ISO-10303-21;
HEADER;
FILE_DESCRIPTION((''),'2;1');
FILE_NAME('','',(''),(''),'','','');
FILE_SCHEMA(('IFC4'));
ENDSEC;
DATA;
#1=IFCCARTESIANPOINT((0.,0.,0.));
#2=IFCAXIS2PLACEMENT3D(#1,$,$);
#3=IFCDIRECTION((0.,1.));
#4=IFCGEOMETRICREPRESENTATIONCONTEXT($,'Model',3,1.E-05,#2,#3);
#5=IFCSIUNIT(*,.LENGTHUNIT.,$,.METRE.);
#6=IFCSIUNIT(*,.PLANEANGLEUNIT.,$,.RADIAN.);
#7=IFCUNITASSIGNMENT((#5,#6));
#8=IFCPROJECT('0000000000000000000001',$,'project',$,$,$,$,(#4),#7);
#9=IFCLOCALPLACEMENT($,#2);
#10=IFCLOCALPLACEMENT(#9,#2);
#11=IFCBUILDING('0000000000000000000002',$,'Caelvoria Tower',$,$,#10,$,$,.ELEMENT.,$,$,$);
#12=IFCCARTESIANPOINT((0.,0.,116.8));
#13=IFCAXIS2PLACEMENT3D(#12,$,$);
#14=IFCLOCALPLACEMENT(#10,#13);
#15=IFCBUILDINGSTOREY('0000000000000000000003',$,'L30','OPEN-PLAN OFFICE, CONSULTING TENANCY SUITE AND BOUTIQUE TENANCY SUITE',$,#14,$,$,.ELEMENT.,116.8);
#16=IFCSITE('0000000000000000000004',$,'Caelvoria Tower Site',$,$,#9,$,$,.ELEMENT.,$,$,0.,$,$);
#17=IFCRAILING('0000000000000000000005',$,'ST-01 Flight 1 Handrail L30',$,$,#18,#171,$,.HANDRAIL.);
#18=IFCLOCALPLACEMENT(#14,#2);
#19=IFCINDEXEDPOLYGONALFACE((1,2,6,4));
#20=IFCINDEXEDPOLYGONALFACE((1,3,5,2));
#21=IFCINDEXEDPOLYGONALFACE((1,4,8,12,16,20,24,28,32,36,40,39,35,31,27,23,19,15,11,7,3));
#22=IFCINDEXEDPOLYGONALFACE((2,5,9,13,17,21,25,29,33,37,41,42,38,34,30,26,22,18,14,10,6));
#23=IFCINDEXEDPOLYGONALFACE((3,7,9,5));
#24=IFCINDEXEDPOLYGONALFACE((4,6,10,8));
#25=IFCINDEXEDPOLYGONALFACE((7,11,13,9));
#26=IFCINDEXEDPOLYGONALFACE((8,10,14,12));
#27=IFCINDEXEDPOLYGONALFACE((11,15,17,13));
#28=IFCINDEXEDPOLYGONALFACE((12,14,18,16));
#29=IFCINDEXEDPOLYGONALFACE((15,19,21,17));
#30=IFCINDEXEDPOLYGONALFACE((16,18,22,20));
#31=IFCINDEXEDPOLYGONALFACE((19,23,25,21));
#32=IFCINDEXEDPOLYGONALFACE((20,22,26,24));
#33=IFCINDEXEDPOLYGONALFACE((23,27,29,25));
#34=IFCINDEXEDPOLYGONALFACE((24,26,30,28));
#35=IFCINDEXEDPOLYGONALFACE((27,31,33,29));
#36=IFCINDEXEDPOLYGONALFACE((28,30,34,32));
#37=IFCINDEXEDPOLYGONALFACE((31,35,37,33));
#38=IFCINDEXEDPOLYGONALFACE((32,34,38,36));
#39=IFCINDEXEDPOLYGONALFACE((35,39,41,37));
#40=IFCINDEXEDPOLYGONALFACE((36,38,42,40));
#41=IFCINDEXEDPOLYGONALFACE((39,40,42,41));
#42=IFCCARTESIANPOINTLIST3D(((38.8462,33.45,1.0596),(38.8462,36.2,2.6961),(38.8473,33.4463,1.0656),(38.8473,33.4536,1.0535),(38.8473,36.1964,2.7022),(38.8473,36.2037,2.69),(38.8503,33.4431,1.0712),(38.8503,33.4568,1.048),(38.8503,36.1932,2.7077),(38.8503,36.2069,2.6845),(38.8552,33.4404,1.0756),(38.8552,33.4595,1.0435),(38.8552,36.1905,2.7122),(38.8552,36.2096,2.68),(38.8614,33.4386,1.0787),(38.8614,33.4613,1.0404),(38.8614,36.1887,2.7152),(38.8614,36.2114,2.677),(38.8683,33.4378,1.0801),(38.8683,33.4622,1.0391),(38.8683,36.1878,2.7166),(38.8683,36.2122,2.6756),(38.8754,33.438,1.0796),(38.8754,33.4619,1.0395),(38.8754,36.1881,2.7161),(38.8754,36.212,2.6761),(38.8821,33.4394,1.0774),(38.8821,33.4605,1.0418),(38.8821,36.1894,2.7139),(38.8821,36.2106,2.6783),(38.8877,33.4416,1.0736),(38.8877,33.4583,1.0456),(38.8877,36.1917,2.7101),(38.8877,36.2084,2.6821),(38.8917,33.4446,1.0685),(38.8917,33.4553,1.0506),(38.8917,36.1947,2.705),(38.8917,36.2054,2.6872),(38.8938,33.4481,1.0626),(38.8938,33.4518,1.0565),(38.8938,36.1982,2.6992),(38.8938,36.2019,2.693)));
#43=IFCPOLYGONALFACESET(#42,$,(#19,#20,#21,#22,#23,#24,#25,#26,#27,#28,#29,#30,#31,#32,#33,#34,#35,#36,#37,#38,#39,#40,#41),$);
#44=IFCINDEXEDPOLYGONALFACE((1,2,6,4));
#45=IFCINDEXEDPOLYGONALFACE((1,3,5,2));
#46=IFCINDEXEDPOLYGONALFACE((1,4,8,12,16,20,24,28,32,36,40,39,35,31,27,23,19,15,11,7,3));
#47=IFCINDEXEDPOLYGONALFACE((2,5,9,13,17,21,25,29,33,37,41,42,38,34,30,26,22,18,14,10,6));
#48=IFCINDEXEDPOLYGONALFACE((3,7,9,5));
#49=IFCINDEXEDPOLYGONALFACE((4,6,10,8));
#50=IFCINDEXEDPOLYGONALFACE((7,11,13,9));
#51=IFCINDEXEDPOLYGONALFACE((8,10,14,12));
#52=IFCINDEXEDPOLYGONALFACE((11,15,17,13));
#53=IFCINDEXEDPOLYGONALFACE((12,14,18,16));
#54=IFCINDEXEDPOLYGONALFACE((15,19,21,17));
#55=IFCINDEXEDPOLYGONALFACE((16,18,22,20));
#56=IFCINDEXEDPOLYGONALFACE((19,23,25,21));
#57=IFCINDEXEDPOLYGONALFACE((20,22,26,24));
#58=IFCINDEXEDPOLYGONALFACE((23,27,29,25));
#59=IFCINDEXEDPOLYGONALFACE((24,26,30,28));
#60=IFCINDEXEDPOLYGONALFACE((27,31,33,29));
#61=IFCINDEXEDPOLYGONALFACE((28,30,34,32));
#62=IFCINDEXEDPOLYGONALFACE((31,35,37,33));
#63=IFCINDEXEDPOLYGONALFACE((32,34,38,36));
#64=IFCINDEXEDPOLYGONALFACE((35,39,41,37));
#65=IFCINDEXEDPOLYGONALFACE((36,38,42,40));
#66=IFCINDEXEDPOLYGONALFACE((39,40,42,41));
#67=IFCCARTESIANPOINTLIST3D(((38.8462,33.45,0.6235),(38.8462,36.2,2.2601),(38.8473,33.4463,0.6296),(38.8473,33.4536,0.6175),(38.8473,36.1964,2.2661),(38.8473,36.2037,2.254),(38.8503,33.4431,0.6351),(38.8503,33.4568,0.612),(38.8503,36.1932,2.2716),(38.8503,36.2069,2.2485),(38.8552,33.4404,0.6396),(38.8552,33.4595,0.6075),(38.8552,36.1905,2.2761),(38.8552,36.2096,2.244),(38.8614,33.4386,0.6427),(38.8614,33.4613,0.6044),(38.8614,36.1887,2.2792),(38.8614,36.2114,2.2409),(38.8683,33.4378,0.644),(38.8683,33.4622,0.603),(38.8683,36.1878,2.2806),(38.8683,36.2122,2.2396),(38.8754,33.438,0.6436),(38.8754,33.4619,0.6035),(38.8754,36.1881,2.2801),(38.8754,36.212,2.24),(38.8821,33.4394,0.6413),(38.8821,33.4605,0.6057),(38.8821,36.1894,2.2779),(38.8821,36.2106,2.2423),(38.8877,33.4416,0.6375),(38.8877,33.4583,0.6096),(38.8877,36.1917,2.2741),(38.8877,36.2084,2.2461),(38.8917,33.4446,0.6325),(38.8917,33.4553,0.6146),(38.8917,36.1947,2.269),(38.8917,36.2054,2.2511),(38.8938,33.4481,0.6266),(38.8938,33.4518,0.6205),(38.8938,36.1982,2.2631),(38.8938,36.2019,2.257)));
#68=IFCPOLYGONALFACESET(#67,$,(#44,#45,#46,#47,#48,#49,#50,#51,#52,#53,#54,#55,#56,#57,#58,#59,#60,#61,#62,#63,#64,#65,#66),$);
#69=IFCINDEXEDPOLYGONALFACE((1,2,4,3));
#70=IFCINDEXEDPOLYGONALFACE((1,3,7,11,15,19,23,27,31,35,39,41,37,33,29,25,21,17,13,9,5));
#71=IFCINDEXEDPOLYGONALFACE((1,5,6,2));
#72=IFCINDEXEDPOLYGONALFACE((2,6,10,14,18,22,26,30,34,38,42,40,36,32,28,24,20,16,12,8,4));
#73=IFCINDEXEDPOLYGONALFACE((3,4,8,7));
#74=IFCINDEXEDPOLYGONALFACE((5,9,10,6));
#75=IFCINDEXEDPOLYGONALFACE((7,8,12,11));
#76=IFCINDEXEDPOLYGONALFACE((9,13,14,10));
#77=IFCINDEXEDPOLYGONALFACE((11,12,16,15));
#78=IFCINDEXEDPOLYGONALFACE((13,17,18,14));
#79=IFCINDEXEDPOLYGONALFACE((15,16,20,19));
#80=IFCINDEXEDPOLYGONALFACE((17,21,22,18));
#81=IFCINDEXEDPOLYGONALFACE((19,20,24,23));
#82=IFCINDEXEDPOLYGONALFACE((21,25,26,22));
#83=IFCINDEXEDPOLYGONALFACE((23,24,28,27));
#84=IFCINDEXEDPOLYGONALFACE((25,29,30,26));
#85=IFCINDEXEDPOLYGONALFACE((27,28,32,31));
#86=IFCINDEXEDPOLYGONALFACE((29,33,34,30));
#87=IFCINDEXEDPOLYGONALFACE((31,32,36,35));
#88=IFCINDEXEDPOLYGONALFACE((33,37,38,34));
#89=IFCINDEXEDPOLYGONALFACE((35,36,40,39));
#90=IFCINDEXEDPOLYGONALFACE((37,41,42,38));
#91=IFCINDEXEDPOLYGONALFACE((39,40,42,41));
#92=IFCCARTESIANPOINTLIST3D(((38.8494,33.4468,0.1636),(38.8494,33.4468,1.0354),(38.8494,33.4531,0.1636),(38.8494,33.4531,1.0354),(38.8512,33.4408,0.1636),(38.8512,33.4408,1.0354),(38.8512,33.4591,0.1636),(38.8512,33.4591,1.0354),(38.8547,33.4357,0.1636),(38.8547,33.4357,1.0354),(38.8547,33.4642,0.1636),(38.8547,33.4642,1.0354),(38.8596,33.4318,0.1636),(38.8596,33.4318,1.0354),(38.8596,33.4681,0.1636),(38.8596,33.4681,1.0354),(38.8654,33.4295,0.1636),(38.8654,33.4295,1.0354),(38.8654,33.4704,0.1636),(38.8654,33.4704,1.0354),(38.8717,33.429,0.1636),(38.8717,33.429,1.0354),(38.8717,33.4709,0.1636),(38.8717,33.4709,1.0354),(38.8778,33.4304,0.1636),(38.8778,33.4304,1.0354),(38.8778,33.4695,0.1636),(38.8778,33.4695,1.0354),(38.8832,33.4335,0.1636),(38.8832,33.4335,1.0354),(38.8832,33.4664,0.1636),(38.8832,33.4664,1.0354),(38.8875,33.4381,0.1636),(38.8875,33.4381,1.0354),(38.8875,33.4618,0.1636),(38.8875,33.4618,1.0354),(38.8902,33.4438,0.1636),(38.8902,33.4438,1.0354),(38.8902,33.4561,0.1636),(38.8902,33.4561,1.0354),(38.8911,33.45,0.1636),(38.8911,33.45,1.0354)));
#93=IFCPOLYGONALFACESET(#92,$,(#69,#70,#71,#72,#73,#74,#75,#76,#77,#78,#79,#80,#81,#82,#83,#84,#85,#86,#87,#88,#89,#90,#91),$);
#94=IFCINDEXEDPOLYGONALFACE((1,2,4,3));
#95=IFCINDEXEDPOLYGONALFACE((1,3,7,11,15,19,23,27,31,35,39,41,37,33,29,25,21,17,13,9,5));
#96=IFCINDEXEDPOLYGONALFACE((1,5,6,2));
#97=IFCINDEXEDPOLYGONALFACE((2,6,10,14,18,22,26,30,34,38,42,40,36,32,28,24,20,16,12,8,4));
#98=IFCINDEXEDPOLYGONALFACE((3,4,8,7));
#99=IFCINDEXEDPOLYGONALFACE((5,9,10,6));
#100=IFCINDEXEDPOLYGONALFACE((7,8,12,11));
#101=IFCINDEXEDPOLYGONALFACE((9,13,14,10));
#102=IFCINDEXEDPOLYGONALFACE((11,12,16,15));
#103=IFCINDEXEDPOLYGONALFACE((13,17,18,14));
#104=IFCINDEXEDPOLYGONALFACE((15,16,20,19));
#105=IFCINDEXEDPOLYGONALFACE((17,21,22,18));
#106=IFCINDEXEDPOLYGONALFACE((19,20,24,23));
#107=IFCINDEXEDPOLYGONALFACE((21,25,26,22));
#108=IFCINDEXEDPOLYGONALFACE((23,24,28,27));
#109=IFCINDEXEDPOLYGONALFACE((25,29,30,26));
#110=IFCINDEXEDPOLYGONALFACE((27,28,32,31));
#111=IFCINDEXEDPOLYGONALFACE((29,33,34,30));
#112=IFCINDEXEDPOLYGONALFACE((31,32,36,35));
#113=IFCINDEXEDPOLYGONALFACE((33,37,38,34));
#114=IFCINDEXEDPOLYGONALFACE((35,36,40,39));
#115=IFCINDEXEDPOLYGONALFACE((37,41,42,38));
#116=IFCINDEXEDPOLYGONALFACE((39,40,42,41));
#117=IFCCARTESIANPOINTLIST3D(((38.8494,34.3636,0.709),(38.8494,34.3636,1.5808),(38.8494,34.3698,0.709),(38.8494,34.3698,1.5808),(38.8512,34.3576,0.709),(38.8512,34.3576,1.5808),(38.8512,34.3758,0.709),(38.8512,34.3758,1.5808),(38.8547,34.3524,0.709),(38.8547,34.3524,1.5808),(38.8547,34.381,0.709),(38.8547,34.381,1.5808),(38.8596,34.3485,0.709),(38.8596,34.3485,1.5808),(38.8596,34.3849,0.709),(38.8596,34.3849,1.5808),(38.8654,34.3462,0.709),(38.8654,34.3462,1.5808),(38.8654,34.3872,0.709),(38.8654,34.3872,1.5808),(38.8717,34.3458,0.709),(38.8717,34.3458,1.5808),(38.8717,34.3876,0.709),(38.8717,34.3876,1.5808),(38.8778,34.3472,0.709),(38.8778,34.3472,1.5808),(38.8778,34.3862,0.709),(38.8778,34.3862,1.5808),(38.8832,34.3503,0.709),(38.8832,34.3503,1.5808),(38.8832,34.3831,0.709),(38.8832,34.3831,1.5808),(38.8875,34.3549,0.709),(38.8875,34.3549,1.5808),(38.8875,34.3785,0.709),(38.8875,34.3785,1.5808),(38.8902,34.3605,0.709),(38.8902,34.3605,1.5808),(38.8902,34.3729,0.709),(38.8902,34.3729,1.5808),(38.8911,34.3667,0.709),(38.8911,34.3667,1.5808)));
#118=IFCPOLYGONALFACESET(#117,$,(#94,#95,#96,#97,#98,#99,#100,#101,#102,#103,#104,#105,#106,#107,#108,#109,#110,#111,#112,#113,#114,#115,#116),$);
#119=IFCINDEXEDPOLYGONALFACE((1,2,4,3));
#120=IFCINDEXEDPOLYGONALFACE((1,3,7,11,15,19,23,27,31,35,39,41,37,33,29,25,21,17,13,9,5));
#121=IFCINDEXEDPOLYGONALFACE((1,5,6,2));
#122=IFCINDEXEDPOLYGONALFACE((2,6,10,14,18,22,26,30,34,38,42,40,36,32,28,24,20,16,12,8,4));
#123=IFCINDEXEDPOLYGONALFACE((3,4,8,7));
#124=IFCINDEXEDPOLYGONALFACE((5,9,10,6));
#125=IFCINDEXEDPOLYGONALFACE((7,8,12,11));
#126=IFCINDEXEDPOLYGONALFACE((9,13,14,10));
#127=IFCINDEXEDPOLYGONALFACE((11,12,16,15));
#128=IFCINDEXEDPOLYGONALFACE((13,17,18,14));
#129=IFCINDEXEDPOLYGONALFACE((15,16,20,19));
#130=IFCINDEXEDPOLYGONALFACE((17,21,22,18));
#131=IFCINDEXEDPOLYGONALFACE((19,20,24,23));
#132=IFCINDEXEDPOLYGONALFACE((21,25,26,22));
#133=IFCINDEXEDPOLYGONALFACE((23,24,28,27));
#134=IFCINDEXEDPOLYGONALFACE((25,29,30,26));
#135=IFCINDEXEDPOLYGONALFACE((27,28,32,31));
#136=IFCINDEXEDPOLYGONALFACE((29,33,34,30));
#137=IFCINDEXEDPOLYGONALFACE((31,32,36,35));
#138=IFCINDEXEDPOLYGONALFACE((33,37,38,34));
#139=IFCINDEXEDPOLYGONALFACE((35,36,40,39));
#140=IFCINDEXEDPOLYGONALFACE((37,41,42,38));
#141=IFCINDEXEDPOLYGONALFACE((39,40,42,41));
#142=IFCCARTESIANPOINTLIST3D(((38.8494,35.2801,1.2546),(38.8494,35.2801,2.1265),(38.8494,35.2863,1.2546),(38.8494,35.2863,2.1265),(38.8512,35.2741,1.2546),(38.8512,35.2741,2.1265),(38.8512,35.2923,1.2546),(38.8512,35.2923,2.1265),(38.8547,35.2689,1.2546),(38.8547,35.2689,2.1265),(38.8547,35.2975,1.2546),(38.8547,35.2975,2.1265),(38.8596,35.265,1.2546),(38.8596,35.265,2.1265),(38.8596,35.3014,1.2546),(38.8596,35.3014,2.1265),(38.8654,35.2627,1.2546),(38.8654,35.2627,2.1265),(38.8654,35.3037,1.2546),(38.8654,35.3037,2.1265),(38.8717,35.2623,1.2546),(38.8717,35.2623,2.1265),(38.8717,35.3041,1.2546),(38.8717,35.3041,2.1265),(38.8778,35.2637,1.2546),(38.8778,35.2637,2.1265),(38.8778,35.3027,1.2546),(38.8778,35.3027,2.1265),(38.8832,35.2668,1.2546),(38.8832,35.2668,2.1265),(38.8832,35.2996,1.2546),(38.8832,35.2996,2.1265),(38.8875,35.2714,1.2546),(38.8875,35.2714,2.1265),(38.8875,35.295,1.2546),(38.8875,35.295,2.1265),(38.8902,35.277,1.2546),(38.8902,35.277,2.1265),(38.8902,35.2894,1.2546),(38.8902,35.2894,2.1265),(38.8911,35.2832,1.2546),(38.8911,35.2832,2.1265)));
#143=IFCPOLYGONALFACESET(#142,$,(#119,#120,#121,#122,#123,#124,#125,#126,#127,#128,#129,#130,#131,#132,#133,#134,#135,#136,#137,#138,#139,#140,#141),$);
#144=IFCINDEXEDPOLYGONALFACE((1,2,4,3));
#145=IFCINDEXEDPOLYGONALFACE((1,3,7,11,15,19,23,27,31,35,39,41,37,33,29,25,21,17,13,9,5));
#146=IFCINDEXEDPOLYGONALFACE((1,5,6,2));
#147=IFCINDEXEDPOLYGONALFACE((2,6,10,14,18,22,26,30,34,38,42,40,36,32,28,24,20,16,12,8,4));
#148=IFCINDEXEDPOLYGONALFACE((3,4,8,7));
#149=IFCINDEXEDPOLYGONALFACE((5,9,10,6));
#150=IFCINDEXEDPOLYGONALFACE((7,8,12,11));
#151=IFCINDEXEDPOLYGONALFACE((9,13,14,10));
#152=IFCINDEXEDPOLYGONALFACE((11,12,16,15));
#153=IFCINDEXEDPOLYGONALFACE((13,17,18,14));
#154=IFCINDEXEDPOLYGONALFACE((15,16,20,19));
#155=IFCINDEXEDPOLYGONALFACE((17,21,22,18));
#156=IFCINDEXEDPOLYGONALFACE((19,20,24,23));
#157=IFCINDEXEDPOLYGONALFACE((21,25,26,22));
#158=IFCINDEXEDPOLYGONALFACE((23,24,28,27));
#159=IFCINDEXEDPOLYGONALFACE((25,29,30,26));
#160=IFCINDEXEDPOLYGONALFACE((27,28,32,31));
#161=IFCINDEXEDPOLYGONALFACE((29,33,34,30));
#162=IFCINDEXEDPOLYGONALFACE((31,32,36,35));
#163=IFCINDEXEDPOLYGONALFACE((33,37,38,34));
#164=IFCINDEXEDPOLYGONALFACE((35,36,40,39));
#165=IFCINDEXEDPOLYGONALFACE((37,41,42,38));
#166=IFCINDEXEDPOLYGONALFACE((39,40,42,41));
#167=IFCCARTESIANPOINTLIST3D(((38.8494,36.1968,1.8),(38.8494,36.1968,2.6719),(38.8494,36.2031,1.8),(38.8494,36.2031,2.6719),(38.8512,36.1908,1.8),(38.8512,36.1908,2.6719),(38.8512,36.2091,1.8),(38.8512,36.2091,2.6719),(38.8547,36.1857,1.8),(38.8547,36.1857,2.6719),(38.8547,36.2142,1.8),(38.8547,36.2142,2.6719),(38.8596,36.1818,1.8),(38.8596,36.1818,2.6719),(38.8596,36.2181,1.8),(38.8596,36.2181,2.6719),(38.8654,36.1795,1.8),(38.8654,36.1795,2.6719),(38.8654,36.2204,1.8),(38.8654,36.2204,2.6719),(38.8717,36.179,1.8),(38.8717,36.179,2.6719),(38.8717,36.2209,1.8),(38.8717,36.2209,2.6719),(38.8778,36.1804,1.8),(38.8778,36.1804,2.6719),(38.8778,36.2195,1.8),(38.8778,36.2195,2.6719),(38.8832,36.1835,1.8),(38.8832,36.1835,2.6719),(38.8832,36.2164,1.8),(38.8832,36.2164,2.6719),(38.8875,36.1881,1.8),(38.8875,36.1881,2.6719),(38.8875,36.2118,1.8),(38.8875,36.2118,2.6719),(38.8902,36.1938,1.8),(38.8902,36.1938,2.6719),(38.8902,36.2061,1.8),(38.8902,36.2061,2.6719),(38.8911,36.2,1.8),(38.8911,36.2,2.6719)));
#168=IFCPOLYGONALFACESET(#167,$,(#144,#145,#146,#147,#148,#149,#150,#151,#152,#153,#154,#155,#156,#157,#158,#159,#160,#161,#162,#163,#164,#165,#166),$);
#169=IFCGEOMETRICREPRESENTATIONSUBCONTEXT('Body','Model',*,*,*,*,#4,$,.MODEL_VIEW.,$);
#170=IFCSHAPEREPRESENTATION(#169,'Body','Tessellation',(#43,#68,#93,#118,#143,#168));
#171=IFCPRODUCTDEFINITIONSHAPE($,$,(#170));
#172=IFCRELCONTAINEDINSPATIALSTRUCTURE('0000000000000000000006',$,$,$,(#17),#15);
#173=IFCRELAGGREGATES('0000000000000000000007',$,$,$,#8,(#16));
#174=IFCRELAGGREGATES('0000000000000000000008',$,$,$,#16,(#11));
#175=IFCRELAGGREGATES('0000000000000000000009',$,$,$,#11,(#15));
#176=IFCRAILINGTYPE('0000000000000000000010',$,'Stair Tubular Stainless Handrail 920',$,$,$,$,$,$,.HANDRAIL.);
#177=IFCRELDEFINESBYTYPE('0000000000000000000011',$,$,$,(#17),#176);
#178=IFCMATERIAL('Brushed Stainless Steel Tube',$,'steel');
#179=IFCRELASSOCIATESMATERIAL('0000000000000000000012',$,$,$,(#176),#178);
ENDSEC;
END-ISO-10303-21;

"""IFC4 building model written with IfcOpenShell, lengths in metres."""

from ifc_helpers import new_model, si_unit, direction, frame, origin, origin_2d, place, context, subcontext, project, spatial, circle, extrude, material, type_object, element, save


model = new_model("IFC4")

# Units and contexts
model_context = context("Model", 3, precision=1e-05, world=origin(), true_north=direction((0.0, 1.0)))
body_context = subcontext(model_context, "Body", "Model", "MODEL_VIEW")
ifc_project = project(units=[si_unit("LENGTHUNIT", "METRE"), si_unit("PLANEANGLEUNIT", "RADIAN")], contexts=[model_context])

# Site, building, storey
site_placement = place(None, origin())
site = spatial("IfcSite", under=ifc_project, at=site_placement, Name="Caelvoria Tower Site", CompositionType="ELEMENT", RefElevation=0.0)
building_placement = place(site_placement, origin())
building = spatial("IfcBuilding", under=site, at=building_placement, Name="Caelvoria Tower", CompositionType="ELEMENT")
storey_placement = place(building_placement, frame((0.0, 0.0, 116.8)))
storey = spatial("IfcBuildingStorey", under=building, at=storey_placement, Name="L30", Description="OPEN-PLAN OFFICE, CONSULTING TENANCY SUITE AND BOUTIQUE TENANCY SUITE", CompositionType="ELEMENT", Elevation=116.8)

# Railing
ifc_material_1 = material(Name="Brushed Stainless Steel Tube", Category="steel")
railing_type_1 = type_object("IfcRailingType", Name="Stair Tubular Stainless Handrail 920", PredefinedType="HANDRAIL", material=ifc_material_1)
railing_1_placement = place(storey_placement, frame((38.8701, 33.45, 0.1636)))
element("IfcRailing", 1, at=railing_1_placement, inside=storey, type_object=railing_type_1, Name="ST-01 Flight 1 Handrail L30", PredefinedType="HANDRAIL", context=body_context, shape_type="SweptSolid", body=[
    extrude(circle(Radius=0.0239, at=origin_2d()), frame((0.0, 0.0, 0.896), z_axis=(0.0, 0.859352, 0.511385), x_axis=(-1.0, 0.0, 0.0)), (0.0, 0.0, 1.0), 3.2002),
    extrude(circle(Radius=0.0239, at=origin_2d()), frame((0.0, 0.0, 0.46), z_axis=(0.0, 0.859352, 0.511385), x_axis=(-1.0, 0.0, 0.0)), (0.0, 0.0, 1.0), 3.2002),
    extrude(circle(Radius=0.021, at=origin_2d()), origin(), (0.0, 0.0, 1.0), 0.8718),
    extrude(circle(Radius=0.021, at=origin_2d()), frame((0.0, 0.9167, 0.5454)), (0.0, 0.0, 1.0), 0.8718),
    extrude(circle(Radius=0.021, at=origin_2d()), frame((0.0, 1.8333, 1.0911)), (0.0, 0.0, 1.0), 0.8718),
    extrude(circle(Radius=0.021, at=origin_2d()), frame((0.0, 2.75, 1.6365)), (0.0, 0.0, 1.0), 0.8718),
])

save(model, "model.ifc")
